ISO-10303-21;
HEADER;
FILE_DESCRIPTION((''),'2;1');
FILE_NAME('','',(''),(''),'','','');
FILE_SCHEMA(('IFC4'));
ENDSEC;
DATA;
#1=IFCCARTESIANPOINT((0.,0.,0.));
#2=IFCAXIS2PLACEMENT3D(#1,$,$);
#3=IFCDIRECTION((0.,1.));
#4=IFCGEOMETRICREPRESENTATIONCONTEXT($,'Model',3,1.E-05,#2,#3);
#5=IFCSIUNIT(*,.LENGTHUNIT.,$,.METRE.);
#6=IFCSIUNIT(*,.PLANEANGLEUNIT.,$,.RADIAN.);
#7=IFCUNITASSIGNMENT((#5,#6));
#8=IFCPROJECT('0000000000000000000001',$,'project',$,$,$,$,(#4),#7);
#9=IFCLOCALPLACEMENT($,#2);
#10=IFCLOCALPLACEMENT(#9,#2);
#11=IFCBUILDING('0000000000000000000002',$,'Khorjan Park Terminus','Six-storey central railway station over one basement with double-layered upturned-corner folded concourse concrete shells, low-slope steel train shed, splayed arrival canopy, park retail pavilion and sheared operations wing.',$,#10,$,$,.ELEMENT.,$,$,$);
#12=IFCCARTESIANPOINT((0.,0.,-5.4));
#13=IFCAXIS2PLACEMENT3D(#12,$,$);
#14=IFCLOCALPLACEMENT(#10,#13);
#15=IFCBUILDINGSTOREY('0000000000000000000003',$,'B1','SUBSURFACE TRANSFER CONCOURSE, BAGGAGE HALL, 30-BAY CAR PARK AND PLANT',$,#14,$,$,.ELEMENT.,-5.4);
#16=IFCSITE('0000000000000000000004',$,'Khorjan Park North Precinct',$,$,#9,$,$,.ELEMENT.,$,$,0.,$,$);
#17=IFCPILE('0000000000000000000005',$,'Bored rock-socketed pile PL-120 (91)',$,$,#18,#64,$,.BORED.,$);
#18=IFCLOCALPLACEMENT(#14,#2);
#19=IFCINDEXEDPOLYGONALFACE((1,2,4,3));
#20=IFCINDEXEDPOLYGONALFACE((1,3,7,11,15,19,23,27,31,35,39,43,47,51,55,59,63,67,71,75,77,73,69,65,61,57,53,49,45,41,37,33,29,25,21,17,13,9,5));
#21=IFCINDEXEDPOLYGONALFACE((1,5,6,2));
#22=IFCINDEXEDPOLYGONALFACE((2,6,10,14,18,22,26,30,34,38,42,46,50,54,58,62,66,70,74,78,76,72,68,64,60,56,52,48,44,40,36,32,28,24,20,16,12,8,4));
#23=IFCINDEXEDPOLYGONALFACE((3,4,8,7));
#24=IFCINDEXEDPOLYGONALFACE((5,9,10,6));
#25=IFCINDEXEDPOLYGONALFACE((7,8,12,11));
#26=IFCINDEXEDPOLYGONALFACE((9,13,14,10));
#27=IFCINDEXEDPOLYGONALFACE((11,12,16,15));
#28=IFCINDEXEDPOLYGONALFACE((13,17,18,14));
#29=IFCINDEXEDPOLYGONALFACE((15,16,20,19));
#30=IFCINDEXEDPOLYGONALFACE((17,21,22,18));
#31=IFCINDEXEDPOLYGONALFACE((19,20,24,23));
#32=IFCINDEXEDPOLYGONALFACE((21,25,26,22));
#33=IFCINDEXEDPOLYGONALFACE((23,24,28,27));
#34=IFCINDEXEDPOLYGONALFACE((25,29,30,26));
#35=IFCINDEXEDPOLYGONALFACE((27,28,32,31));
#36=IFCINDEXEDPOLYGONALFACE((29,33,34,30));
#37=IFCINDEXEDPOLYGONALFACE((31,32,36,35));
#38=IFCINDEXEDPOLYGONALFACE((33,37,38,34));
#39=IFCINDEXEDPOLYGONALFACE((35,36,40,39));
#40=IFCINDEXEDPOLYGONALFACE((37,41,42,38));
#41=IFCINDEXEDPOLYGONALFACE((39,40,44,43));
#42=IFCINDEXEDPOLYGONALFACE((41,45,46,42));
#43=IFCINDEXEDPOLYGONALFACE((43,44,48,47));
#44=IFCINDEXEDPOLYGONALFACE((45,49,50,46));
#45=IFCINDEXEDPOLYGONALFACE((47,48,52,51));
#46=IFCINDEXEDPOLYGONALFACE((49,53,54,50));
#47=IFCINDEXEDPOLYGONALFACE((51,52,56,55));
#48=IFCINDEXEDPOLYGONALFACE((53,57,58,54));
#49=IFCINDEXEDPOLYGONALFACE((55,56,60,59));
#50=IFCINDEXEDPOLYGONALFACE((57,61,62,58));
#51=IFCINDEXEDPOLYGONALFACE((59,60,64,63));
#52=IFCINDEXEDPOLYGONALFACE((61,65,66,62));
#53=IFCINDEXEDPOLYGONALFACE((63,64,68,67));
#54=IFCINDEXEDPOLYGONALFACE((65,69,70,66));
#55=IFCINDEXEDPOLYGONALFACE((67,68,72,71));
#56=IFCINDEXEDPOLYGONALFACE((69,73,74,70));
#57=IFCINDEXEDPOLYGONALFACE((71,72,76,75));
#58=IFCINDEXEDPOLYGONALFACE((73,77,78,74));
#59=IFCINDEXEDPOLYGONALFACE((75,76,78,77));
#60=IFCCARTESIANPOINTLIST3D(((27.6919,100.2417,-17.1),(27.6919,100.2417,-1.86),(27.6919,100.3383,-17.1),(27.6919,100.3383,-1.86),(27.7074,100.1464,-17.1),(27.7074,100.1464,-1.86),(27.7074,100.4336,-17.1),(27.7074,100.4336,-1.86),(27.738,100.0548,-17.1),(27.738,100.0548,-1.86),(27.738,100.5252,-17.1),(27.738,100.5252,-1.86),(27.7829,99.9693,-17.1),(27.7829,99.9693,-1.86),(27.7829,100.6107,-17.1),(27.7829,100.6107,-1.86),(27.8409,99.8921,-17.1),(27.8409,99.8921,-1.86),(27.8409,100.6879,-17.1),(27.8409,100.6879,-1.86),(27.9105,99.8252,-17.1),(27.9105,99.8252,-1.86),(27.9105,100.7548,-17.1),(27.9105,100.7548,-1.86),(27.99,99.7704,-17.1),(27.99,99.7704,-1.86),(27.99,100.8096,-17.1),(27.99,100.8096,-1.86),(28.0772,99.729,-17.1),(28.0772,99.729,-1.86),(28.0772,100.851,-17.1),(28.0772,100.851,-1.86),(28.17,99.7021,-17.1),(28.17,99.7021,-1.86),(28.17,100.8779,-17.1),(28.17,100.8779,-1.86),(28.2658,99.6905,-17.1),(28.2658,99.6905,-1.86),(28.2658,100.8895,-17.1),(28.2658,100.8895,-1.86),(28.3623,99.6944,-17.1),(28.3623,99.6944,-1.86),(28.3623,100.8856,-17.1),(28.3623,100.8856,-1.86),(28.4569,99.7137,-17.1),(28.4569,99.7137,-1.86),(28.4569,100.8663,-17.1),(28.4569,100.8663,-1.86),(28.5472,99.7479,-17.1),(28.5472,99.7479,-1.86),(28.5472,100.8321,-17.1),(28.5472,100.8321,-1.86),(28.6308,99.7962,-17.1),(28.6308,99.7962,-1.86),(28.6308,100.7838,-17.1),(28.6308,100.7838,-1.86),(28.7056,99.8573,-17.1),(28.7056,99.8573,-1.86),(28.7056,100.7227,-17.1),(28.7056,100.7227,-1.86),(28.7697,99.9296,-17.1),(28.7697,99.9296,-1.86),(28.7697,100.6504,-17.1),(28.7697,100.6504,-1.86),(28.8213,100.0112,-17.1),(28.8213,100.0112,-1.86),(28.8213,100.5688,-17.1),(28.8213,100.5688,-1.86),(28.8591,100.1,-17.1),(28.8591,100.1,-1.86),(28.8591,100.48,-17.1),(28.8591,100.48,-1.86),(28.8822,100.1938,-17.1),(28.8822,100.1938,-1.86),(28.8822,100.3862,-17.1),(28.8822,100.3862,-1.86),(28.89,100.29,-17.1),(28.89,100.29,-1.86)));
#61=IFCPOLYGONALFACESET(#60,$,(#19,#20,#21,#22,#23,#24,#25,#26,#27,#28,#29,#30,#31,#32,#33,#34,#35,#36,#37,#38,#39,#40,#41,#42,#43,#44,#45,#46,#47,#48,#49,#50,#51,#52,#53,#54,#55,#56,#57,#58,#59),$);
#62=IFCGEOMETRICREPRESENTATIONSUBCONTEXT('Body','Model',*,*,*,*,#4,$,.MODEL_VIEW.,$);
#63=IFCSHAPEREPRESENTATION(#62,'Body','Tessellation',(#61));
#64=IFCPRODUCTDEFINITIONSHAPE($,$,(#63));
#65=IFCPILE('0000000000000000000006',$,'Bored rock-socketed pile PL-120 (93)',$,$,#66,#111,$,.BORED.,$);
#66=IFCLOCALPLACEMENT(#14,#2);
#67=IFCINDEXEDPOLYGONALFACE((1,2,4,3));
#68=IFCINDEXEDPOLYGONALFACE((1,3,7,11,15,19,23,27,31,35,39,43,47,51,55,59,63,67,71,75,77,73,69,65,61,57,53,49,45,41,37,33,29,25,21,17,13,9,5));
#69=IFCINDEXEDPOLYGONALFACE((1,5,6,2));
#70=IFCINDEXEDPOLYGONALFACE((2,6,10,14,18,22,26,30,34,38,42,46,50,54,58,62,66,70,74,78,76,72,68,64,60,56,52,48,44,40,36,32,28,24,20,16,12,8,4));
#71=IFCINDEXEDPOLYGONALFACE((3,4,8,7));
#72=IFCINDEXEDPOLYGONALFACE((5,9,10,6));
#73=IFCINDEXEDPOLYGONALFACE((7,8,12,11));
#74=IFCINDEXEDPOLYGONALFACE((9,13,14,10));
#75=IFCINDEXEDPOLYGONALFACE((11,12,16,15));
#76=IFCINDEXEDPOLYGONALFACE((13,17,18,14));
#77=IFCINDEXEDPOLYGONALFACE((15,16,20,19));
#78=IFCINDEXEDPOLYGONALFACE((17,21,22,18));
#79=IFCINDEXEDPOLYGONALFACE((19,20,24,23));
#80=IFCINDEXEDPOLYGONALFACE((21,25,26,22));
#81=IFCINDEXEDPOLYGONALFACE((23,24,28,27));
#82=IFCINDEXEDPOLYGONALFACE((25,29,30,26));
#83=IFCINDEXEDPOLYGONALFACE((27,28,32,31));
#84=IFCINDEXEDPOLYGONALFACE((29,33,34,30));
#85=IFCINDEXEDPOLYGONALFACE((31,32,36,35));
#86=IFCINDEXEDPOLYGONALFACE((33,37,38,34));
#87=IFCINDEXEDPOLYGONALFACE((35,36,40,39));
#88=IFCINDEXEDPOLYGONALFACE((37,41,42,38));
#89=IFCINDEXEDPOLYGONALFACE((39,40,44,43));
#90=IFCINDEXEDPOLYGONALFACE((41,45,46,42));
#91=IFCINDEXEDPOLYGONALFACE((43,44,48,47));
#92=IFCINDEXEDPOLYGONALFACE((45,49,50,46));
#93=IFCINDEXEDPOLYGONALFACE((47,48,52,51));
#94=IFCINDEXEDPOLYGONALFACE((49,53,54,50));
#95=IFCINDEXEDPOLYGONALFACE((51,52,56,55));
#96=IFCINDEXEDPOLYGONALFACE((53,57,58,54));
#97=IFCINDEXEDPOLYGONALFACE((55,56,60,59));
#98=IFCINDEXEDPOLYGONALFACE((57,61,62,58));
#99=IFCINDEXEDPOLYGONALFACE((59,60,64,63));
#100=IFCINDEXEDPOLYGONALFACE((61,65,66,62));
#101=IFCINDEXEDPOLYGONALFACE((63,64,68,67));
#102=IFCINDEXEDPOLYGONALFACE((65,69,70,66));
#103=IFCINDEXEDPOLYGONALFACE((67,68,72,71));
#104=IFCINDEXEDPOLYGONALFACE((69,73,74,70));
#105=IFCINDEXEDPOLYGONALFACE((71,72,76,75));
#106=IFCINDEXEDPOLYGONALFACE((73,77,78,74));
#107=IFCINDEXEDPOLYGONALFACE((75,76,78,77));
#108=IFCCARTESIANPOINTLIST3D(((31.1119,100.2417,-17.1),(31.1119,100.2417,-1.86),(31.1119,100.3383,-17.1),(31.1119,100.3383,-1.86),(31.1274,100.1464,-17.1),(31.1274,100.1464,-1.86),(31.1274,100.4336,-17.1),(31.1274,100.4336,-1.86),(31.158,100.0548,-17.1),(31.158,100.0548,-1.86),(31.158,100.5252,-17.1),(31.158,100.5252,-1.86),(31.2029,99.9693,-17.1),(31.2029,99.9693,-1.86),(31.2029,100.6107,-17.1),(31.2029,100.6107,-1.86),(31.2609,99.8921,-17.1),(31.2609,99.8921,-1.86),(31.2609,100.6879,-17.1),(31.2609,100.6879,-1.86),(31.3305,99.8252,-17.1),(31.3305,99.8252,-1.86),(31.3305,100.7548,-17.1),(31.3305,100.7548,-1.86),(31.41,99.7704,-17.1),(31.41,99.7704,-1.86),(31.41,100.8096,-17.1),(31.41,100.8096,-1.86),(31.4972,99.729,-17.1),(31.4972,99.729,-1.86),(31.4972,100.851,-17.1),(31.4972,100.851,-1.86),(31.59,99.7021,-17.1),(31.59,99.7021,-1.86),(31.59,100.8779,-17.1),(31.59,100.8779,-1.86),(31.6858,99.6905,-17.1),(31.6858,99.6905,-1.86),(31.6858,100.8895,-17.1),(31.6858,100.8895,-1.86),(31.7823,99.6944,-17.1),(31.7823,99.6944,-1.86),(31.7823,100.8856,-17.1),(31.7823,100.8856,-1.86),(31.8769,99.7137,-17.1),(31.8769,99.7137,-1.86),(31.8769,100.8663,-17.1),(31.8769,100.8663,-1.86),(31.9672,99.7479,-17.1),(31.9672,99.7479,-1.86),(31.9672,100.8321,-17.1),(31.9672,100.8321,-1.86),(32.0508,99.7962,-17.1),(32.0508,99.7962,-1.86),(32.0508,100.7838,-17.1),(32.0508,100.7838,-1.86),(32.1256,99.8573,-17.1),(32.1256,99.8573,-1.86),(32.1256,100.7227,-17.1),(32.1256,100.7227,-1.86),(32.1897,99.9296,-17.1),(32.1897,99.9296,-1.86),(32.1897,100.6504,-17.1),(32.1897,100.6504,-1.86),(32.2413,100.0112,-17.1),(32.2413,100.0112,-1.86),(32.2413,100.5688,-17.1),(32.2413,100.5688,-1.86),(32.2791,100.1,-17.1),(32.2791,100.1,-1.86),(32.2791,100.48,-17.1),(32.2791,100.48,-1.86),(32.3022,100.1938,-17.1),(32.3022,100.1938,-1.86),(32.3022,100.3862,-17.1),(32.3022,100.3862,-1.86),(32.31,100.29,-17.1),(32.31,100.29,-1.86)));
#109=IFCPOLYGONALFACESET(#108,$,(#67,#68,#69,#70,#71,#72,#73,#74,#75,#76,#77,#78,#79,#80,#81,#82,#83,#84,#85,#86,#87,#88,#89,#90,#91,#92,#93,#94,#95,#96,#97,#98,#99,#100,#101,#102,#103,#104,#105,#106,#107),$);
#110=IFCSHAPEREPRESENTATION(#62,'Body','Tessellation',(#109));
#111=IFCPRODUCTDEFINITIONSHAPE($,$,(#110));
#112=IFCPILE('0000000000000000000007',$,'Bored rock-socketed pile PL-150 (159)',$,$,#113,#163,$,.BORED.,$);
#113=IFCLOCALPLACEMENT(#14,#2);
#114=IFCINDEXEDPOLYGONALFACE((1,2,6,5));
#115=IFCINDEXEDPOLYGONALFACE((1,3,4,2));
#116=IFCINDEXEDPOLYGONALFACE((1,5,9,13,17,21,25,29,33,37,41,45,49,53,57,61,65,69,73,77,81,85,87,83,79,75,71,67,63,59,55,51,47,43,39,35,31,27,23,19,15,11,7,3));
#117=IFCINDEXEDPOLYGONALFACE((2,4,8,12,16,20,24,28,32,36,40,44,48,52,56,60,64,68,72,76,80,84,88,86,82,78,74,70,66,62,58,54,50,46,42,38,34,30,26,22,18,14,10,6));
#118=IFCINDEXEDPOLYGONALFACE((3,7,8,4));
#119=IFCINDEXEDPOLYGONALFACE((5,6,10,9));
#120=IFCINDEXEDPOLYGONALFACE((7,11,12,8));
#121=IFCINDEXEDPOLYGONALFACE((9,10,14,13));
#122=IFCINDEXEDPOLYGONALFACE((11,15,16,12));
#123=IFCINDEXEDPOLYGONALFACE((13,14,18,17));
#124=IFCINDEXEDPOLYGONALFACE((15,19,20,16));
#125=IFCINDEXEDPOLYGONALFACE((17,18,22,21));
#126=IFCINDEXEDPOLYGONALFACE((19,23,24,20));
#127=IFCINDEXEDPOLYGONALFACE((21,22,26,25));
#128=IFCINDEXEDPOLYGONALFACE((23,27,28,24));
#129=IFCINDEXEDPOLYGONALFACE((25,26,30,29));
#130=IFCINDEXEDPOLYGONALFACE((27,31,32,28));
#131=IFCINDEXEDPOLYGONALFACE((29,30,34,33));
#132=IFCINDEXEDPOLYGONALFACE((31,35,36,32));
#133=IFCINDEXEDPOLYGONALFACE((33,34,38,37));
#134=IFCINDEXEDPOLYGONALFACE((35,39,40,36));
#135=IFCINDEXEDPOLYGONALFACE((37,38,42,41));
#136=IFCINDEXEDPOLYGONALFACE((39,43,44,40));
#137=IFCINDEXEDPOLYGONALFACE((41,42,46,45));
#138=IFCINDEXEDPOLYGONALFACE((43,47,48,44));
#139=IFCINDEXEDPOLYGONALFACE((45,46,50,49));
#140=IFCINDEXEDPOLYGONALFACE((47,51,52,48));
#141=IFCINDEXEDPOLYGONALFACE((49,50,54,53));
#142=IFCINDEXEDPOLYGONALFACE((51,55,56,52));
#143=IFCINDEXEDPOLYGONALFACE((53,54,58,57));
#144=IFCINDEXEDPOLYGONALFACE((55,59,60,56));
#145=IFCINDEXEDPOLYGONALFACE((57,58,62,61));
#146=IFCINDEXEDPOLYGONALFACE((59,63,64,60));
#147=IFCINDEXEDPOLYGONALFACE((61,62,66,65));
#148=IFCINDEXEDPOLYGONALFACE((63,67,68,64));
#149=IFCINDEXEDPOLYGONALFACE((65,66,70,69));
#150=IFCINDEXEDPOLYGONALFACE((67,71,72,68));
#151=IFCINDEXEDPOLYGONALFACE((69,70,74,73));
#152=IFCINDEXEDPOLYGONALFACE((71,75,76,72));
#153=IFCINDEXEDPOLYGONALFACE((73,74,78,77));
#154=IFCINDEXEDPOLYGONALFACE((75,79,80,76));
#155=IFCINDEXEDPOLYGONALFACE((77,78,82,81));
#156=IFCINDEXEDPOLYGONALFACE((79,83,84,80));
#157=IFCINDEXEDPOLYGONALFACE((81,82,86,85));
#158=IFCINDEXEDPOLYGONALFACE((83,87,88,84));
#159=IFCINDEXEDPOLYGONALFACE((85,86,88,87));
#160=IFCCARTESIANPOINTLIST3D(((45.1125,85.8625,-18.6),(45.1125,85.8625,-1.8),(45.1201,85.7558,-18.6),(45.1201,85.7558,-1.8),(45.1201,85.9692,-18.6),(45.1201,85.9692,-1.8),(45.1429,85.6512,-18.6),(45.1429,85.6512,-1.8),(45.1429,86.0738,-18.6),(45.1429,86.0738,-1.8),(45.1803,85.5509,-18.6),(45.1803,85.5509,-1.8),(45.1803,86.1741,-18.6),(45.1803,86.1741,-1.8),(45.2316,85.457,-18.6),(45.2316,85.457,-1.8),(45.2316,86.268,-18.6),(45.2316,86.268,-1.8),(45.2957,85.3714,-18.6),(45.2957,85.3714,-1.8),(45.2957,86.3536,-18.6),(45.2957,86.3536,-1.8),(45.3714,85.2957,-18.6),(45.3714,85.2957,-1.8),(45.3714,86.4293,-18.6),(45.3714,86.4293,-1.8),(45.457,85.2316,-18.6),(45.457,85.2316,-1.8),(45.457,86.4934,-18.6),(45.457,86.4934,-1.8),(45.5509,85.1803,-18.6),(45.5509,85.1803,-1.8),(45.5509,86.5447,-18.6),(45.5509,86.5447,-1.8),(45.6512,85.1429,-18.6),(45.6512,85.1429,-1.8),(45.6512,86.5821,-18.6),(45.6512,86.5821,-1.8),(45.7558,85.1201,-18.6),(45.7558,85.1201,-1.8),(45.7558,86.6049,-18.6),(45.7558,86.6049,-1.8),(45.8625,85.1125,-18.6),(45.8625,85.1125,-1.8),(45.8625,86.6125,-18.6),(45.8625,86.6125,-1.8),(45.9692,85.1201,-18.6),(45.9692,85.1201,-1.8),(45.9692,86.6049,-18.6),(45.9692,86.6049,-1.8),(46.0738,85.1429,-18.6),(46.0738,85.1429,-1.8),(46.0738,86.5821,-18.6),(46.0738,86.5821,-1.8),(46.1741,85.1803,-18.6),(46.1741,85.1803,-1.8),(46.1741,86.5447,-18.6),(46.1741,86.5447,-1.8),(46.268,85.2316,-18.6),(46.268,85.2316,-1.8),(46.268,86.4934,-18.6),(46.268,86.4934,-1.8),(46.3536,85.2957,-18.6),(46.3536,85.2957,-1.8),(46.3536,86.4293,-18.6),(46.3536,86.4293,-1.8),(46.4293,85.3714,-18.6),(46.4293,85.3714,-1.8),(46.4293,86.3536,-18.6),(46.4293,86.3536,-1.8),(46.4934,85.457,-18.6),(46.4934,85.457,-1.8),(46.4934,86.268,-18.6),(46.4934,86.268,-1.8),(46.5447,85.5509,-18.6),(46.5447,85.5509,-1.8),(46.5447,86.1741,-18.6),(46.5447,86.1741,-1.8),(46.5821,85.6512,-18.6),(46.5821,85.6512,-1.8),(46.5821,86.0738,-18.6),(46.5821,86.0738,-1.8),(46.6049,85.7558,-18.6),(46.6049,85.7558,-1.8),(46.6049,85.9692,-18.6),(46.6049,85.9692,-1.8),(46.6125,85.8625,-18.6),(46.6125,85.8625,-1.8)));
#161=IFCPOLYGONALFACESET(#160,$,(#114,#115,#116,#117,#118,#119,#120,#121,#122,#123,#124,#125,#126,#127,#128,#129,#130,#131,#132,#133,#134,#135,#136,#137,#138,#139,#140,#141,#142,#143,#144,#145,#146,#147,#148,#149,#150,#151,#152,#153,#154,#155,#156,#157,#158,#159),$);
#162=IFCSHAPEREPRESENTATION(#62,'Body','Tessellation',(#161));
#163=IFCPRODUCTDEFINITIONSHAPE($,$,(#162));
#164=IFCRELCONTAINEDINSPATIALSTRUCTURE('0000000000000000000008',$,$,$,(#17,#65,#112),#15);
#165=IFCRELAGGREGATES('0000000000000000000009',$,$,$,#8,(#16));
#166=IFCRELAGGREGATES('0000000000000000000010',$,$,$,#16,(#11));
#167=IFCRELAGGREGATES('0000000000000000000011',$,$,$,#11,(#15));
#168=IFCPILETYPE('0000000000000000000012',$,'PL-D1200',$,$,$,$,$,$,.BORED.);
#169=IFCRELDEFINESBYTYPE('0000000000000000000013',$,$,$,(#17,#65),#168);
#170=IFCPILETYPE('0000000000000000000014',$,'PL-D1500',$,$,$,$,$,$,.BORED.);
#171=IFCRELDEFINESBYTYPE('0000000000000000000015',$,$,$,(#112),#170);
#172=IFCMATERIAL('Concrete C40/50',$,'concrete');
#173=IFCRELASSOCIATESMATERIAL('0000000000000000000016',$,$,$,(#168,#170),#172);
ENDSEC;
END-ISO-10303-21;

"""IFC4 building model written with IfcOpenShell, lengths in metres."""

from ifc_helpers import new_model, si_unit, direction, frame, origin, origin_2d, place, context, subcontext, project, spatial, circle, extrude, material, material_profile, profile_set, type_object, element, save


model = new_model("IFC4")

# Units and contexts
model_context = context("Model", 3, precision=1e-05, world=origin(), true_north=direction((0.0, 1.0)))
body_context = subcontext(model_context, "Body", "Model", "MODEL_VIEW")
ifc_project = project(units=[si_unit("LENGTHUNIT", "METRE"), si_unit("PLANEANGLEUNIT", "RADIAN")], contexts=[model_context])

# Site, building, storey
site_placement = place(None, origin())
site = spatial("IfcSite", under=ifc_project, at=site_placement, Name="Khorjan Park North Precinct", CompositionType="ELEMENT", RefElevation=0.0)
building_placement = place(site_placement, origin())
building = spatial("IfcBuilding", under=site, at=building_placement, Name="Khorjan Park Terminus", Description="Six-storey central railway station over one basement with double-layered upturned-corner folded concourse concrete shells, low-slope steel train shed, splayed arrival canopy, park retail pavilion and sheared operations wing.", CompositionType="ELEMENT")
storey_placement = place(building_placement, frame((0.0, 0.0, -5.4)))
storey = spatial("IfcBuildingStorey", under=building, at=storey_placement, Name="B1", Description="SUBSURFACE TRANSFER CONCOURSE, BAGGAGE HALL, 30-BAY CAR PARK AND PLANT", CompositionType="ELEMENT", Elevation=-5.4)

# Shared definitions
ifc_material_1 = material(Name="Concrete C40/50", Category="concrete")

# Piles
ifc_material_profile_1 = material_profile(ifc_material_1, circle(Radius=0.6, at=origin_2d()), Name="BORED D1200")
ifc_profile_set_1 = profile_set([ifc_material_profile_1], Name="Concrete C40/50")
pile_type_1 = type_object("IfcPileType", Name="PL-D1200", PredefinedType="BORED", material=ifc_profile_set_1)
for number, where, z_axis, x_axis, name in (
    (1, (28.29, 100.29, -1.86), (0.0, 0.0, -1.0), (1.0, 0.0, 0.0), "Bored rock-socketed pile PL-120 (91)"),
    (2, (31.71, 100.29, -1.86), (0.0, 0.0, -1.0), (1.0, 0.0, 0.0), "Bored rock-socketed pile PL-120 (93)"),
):
    element("IfcPile", number, at=place(storey_placement, frame(where, z_axis=z_axis, x_axis=x_axis)), inside=storey, type_object=pile_type_1, Name=name, PredefinedType="BORED", context=body_context, shape_type="SweptSolid", body=[
        extrude(circle(Radius=0.6, at=origin_2d()), origin(), (0.0, 0.0, 1.0), 15.24),
    ])
ifc_material_profile_2 = material_profile(ifc_material_1, circle(Radius=0.75, at=origin_2d()), Name="BORED D1500")
ifc_profile_set_2 = profile_set([ifc_material_profile_2], Name="Concrete C40/50")
pile_type_2 = type_object("IfcPileType", Name="PL-D1500", PredefinedType="BORED", material=ifc_profile_set_2)
for number, where, z_axis, x_axis, name in (
    (3, (45.8625, 85.8625, -1.8), (0.0, 0.0, -1.0), (1.0, 0.0, 0.0), "Bored rock-socketed pile PL-150 (159)"),
):
    element("IfcPile", number, at=place(storey_placement, frame(where, z_axis=z_axis, x_axis=x_axis)), inside=storey, type_object=pile_type_2, Name=name, PredefinedType="BORED", context=body_context, shape_type="SweptSolid", body=[
        extrude(circle(Radius=0.75, at=origin_2d()), origin(), (0.0, 0.0, 1.0), 16.8),
    ])

save(model, "model.ifc")
